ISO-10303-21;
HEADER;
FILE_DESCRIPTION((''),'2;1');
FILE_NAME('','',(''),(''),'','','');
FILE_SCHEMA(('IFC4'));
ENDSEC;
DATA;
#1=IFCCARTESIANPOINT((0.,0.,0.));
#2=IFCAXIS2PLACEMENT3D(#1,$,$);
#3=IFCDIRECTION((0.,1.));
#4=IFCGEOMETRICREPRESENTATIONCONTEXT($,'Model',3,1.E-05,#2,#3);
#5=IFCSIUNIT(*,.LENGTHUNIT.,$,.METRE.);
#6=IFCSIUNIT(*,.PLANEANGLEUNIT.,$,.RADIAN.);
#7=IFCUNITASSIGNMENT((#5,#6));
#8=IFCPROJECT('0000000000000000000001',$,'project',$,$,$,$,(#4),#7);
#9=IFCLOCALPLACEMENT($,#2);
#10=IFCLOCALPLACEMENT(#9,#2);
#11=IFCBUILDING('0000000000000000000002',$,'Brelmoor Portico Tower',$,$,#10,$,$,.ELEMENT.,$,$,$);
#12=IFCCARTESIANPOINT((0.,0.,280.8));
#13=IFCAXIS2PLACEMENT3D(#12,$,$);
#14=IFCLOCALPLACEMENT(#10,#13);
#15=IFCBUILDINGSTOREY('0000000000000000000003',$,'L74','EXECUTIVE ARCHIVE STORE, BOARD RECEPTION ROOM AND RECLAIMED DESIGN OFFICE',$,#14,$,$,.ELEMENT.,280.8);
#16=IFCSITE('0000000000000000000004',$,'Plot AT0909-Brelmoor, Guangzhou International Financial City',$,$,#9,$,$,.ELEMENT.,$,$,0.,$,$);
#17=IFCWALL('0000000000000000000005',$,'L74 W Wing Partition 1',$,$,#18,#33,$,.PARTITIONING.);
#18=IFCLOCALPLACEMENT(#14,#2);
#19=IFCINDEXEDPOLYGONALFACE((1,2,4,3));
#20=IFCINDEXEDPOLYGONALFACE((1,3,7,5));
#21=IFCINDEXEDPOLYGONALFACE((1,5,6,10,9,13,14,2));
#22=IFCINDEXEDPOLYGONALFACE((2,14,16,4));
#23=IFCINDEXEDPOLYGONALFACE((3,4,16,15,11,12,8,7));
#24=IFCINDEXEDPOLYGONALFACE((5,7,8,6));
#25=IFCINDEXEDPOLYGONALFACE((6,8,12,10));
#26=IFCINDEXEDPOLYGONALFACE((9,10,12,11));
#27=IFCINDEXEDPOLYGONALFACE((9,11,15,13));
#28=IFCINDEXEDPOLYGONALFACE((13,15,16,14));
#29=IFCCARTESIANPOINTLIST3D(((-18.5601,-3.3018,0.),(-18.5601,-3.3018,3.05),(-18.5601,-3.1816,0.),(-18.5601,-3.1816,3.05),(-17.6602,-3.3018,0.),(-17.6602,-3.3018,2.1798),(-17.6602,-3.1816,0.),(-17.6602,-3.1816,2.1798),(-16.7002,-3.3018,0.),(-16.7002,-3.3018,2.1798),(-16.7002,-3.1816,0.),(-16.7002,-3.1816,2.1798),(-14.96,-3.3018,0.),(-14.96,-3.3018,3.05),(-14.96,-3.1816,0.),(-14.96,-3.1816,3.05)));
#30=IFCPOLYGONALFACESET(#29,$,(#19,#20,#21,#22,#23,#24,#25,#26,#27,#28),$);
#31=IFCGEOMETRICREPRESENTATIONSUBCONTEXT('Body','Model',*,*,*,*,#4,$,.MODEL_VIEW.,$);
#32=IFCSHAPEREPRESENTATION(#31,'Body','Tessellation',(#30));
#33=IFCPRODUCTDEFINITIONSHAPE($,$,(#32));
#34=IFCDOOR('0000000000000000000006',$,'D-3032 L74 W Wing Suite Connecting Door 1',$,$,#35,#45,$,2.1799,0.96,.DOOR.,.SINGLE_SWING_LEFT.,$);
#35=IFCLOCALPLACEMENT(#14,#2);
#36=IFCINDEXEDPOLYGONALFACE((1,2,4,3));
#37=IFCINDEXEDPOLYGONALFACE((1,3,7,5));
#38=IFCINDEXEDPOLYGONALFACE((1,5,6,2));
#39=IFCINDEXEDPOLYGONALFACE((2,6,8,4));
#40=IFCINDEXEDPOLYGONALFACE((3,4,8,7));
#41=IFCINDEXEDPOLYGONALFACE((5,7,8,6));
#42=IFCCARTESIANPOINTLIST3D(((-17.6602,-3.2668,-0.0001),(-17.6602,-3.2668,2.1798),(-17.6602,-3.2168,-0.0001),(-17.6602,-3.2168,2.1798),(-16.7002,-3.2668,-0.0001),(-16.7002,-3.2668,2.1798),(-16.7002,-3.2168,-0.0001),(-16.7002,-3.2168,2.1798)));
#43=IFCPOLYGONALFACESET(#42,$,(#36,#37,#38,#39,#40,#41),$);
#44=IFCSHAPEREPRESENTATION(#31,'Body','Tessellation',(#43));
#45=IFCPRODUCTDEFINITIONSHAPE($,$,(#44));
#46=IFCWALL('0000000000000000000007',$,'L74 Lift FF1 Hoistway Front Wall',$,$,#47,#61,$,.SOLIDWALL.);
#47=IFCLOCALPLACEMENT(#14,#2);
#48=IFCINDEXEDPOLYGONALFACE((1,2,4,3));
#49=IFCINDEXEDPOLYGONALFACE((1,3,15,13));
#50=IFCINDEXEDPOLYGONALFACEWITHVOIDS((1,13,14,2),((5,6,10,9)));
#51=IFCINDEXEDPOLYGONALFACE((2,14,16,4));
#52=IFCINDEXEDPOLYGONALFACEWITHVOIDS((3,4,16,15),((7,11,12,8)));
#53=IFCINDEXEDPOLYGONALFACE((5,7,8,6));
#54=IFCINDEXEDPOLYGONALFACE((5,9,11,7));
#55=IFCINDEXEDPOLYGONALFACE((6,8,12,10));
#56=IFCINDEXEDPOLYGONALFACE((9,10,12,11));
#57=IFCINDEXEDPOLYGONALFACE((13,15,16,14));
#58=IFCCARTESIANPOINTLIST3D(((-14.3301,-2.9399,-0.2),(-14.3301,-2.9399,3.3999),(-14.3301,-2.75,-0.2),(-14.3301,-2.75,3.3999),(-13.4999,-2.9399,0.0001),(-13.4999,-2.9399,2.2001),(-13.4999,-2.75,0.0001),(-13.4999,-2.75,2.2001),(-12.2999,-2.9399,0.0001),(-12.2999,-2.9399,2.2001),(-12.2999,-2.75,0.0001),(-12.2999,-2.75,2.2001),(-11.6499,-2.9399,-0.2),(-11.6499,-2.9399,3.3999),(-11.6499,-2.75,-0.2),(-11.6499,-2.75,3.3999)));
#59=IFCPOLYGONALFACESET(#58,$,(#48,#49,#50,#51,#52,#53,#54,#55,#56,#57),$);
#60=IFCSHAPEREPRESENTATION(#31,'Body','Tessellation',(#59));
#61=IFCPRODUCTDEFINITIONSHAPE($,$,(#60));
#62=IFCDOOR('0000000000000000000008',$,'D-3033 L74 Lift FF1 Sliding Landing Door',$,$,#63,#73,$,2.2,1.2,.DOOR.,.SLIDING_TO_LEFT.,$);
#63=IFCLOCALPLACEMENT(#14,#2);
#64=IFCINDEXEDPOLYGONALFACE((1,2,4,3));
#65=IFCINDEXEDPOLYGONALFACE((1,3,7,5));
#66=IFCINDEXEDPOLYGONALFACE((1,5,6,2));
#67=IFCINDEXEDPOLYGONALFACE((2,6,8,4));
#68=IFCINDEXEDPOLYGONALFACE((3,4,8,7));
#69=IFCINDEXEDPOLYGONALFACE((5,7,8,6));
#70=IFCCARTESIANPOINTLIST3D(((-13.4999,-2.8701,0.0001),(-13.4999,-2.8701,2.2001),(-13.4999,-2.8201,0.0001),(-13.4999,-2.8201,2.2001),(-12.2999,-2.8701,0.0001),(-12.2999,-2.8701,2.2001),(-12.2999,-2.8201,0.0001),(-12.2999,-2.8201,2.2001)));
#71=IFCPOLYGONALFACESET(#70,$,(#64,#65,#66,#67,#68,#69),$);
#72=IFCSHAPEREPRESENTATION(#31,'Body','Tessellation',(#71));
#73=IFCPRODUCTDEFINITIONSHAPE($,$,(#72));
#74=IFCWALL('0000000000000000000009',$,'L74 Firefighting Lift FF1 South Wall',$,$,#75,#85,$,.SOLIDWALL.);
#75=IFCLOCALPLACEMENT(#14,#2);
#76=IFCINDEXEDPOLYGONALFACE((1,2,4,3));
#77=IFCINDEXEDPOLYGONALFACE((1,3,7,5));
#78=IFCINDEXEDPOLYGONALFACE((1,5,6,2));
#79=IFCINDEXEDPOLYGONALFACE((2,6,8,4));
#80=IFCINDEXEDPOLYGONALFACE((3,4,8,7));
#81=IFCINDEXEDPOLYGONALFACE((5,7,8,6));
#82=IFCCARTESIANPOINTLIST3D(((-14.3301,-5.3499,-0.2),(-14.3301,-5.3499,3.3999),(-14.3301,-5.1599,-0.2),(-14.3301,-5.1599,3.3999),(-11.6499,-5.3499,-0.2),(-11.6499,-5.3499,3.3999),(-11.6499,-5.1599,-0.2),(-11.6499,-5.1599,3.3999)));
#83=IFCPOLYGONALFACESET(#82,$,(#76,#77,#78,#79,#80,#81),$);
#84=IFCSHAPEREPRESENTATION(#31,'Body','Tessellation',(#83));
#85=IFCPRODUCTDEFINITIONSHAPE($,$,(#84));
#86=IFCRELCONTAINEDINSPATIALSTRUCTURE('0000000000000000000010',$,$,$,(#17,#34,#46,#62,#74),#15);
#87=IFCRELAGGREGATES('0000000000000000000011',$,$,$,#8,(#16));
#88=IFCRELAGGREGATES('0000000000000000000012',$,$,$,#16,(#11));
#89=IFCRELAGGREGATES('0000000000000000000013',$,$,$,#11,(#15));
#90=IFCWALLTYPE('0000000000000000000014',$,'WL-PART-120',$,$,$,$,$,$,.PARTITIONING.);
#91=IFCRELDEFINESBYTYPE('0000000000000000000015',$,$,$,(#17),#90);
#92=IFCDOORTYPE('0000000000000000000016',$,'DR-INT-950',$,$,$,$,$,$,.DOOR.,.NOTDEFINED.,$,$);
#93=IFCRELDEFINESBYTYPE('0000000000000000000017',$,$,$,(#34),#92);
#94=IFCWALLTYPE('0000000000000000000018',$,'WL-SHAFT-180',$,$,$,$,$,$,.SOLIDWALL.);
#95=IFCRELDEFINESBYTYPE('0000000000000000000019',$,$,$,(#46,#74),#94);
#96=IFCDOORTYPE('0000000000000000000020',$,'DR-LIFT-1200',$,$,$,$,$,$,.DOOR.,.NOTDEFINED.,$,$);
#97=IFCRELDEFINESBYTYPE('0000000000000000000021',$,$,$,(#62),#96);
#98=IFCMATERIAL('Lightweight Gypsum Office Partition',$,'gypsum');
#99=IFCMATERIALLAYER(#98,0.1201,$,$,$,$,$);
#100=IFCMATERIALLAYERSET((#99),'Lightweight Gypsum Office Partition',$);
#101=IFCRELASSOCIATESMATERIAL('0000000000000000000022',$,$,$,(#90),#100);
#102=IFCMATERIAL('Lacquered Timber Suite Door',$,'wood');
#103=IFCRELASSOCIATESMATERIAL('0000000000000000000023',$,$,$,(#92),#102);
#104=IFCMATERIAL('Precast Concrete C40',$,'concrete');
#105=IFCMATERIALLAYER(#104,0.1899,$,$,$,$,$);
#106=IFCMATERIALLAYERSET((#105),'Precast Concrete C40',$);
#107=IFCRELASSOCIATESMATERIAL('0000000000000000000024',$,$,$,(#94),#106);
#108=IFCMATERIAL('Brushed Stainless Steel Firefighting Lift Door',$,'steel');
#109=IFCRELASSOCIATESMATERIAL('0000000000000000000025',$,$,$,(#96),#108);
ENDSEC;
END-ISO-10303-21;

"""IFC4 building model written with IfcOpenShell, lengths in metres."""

from ifc_helpers import new_model, si_unit, direction, frame, frame_2d, origin, place, context, subcontext, project, spatial, rectangle, extrude, material, layer, layer_set, type_object, element, fill, save


model = new_model("IFC4")

# Units and contexts
model_context = context("Model", 3, precision=1e-05, world=origin(), true_north=direction((0.0, 1.0)))
body_context = subcontext(model_context, "Body", "Model", "MODEL_VIEW")
ifc_project = project(units=[si_unit("LENGTHUNIT", "METRE"), si_unit("PLANEANGLEUNIT", "RADIAN")], contexts=[model_context])

# Site, building, storey
site_placement = place(None, origin())
site = spatial("IfcSite", under=ifc_project, at=site_placement, Name="Plot AT0909-Brelmoor, Guangzhou International Financial City", CompositionType="ELEMENT", RefElevation=0.0)
building_placement = place(site_placement, origin())
building = spatial("IfcBuilding", under=site, at=building_placement, Name="Brelmoor Portico Tower", CompositionType="ELEMENT")
storey_placement = place(building_placement, frame((0.0, 0.0, 280.8)))
storey = spatial("IfcBuildingStorey", under=building, at=storey_placement, Name="L74", Description="EXECUTIVE ARCHIVE STORE, BOARD RECEPTION ROOM AND RECLAIMED DESIGN OFFICE", CompositionType="ELEMENT", Elevation=280.8)

# Walls, openings, doors
ifc_material_1 = material(Name="Lightweight Gypsum Office Partition", Category="gypsum")
ifc_layer_1 = layer(ifc_material_1, 0.1201)
ifc_layer_set_1 = layer_set([ifc_layer_1], Name="Lightweight Gypsum Office Partition")
wall_type_1 = type_object("IfcWallType", Name="WL-PART-120", PredefinedType="PARTITIONING", material=ifc_layer_set_1)
ifc_material_2 = material(Name="Lacquered Timber Suite Door", Category="wood")
door_type_1 = type_object("IfcDoorType", Name="DR-INT-950", OperationType="NOTDEFINED", PredefinedType="DOOR", material=ifc_material_2)
wall_1_placement = place(storey_placement, frame((-18.5601, -3.2417, 0.0), z_axis=(0.0, 0.0, 1.0), x_axis=(1.0, 0.0, 0.0)))
wall_1 = element("IfcWall", 1, at=wall_1_placement, inside=storey, type_object=wall_type_1, Name="L74 W Wing Partition 1", PredefinedType="PARTITIONING", context=body_context, shape_type="SweptSolid", body=[
    extrude(rectangle(XDim=3.6001, YDim=0.1201, at=frame_2d((1.8, 0.0))), origin(), (0.0, 0.0, 1.0), 3.05),
])
opening_1_placement = place(wall_1_placement, frame((0.8999, 0.0, 0.0)))
opening_1 = element("IfcOpeningElement", 2, at=opening_1_placement, cuts=wall_1, PredefinedType="OPENING", context=body_context, shape_type="SweptSolid", body=[
    extrude(rectangle(XDim=0.96, YDim=2.1799, at=frame_2d((0.48, 1.0898))), frame((0.0, 0.0701, 0.0), z_axis=(0.0, -1.0, 0.0), x_axis=(1.0, 0.0, 0.0)), (0.0, 0.0, 1.0), 0.1401),
])
door_1_placement = place(opening_1_placement, origin())
door_1 = element("IfcDoor", 3, at=door_1_placement, inside=storey, type_object=door_type_1, Name="D-3032 L74 W Wing Suite Connecting Door 1", OperationType="SINGLE_SWING_LEFT", OverallHeight=2.1799, OverallWidth=0.96, PredefinedType="DOOR", context=body_context, shape_type="SweptSolid", body=[
    extrude(rectangle(XDim=0.96, YDim=2.1799, at=frame_2d((0.48, 1.0898))), frame((0.0, 0.0249, 0.0), z_axis=(0.0, -1.0, 0.0), x_axis=(1.0, 0.0, 0.0)), (0.0, 0.0, 1.0), 0.05),
])
fill(opening_1, door_1)
ifc_material_3 = material(Name="Precast Concrete C40", Category="concrete")
ifc_layer_2 = layer(ifc_material_3, 0.1899)
ifc_layer_set_2 = layer_set([ifc_layer_2], Name="Precast Concrete C40")
wall_type_2 = type_object("IfcWallType", Name="WL-SHAFT-180", PredefinedType="SOLIDWALL", material=ifc_layer_set_2)
wall_2_placement = place(storey_placement, frame((-14.3301, -2.845, -0.2), z_axis=(0.0, 0.0, 1.0), x_axis=(1.0, 0.0, 0.0)))
wall_2 = element("IfcWall", 4, at=wall_2_placement, inside=storey, type_object=wall_type_2, Name="L74 Lift FF1 Hoistway Front Wall", PredefinedType="SOLIDWALL", context=body_context, shape_type="SweptSolid", body=[
    extrude(rectangle(XDim=2.6802, YDim=0.1899, at=frame_2d((1.3401, 0.0))), origin(), (0.0, 0.0, 1.0), 3.5999),
])
opening_2_placement = place(wall_2_placement, frame((0.8301, 0.0, 0.2)))
opening_2 = element("IfcOpeningElement", 5, at=opening_2_placement, cuts=wall_2, PredefinedType="OPENING", context=body_context, shape_type="SweptSolid", body=[
    extrude(rectangle(XDim=1.2, YDim=2.2, at=frame_2d((0.6001, 1.1001))), frame((0.0, 0.105, 0.0), z_axis=(0.0, -1.0, 0.0), x_axis=(1.0, 0.0, 0.0)), (0.0, 0.0, 1.0), 0.21),
])
ifc_material_4 = material(Name="Brushed Stainless Steel Firefighting Lift Door", Category="steel")
door_type_2 = type_object("IfcDoorType", Name="DR-LIFT-1200", OperationType="NOTDEFINED", PredefinedType="DOOR", material=ifc_material_4)
door_2_placement = place(opening_2_placement, origin())
door_2 = element("IfcDoor", 6, at=door_2_placement, inside=storey, type_object=door_type_2, Name="D-3033 L74 Lift FF1 Sliding Landing Door", OperationType="SLIDING_TO_LEFT", OverallHeight=2.2, OverallWidth=1.2, PredefinedType="DOOR", context=body_context, shape_type="SweptSolid", body=[
    extrude(rectangle(XDim=1.2, YDim=2.2, at=frame_2d((0.6001, 1.1001))), frame((0.0, 0.0249, 0.0), z_axis=(0.0, -1.0, 0.0), x_axis=(1.0, 0.0, 0.0)), (0.0, 0.0, 1.0), 0.05),
])
fill(opening_2, door_2)

# Wall
wall_3_placement = place(storey_placement, frame((-14.3301, -5.2549, -0.2), z_axis=(0.0, 0.0, 1.0), x_axis=(1.0, 0.0, 0.0)))
element("IfcWall", 7, at=wall_3_placement, inside=storey, type_object=wall_type_2, Name="L74 Firefighting Lift FF1 South Wall", PredefinedType="SOLIDWALL", context=body_context, shape_type="SweptSolid", body=[
    extrude(rectangle(XDim=2.6802, YDim=0.1899, at=frame_2d((1.3401, 0.0))), origin(), (0.0, 0.0, 1.0), 3.5999),
])

save(model, "model.ifc")
